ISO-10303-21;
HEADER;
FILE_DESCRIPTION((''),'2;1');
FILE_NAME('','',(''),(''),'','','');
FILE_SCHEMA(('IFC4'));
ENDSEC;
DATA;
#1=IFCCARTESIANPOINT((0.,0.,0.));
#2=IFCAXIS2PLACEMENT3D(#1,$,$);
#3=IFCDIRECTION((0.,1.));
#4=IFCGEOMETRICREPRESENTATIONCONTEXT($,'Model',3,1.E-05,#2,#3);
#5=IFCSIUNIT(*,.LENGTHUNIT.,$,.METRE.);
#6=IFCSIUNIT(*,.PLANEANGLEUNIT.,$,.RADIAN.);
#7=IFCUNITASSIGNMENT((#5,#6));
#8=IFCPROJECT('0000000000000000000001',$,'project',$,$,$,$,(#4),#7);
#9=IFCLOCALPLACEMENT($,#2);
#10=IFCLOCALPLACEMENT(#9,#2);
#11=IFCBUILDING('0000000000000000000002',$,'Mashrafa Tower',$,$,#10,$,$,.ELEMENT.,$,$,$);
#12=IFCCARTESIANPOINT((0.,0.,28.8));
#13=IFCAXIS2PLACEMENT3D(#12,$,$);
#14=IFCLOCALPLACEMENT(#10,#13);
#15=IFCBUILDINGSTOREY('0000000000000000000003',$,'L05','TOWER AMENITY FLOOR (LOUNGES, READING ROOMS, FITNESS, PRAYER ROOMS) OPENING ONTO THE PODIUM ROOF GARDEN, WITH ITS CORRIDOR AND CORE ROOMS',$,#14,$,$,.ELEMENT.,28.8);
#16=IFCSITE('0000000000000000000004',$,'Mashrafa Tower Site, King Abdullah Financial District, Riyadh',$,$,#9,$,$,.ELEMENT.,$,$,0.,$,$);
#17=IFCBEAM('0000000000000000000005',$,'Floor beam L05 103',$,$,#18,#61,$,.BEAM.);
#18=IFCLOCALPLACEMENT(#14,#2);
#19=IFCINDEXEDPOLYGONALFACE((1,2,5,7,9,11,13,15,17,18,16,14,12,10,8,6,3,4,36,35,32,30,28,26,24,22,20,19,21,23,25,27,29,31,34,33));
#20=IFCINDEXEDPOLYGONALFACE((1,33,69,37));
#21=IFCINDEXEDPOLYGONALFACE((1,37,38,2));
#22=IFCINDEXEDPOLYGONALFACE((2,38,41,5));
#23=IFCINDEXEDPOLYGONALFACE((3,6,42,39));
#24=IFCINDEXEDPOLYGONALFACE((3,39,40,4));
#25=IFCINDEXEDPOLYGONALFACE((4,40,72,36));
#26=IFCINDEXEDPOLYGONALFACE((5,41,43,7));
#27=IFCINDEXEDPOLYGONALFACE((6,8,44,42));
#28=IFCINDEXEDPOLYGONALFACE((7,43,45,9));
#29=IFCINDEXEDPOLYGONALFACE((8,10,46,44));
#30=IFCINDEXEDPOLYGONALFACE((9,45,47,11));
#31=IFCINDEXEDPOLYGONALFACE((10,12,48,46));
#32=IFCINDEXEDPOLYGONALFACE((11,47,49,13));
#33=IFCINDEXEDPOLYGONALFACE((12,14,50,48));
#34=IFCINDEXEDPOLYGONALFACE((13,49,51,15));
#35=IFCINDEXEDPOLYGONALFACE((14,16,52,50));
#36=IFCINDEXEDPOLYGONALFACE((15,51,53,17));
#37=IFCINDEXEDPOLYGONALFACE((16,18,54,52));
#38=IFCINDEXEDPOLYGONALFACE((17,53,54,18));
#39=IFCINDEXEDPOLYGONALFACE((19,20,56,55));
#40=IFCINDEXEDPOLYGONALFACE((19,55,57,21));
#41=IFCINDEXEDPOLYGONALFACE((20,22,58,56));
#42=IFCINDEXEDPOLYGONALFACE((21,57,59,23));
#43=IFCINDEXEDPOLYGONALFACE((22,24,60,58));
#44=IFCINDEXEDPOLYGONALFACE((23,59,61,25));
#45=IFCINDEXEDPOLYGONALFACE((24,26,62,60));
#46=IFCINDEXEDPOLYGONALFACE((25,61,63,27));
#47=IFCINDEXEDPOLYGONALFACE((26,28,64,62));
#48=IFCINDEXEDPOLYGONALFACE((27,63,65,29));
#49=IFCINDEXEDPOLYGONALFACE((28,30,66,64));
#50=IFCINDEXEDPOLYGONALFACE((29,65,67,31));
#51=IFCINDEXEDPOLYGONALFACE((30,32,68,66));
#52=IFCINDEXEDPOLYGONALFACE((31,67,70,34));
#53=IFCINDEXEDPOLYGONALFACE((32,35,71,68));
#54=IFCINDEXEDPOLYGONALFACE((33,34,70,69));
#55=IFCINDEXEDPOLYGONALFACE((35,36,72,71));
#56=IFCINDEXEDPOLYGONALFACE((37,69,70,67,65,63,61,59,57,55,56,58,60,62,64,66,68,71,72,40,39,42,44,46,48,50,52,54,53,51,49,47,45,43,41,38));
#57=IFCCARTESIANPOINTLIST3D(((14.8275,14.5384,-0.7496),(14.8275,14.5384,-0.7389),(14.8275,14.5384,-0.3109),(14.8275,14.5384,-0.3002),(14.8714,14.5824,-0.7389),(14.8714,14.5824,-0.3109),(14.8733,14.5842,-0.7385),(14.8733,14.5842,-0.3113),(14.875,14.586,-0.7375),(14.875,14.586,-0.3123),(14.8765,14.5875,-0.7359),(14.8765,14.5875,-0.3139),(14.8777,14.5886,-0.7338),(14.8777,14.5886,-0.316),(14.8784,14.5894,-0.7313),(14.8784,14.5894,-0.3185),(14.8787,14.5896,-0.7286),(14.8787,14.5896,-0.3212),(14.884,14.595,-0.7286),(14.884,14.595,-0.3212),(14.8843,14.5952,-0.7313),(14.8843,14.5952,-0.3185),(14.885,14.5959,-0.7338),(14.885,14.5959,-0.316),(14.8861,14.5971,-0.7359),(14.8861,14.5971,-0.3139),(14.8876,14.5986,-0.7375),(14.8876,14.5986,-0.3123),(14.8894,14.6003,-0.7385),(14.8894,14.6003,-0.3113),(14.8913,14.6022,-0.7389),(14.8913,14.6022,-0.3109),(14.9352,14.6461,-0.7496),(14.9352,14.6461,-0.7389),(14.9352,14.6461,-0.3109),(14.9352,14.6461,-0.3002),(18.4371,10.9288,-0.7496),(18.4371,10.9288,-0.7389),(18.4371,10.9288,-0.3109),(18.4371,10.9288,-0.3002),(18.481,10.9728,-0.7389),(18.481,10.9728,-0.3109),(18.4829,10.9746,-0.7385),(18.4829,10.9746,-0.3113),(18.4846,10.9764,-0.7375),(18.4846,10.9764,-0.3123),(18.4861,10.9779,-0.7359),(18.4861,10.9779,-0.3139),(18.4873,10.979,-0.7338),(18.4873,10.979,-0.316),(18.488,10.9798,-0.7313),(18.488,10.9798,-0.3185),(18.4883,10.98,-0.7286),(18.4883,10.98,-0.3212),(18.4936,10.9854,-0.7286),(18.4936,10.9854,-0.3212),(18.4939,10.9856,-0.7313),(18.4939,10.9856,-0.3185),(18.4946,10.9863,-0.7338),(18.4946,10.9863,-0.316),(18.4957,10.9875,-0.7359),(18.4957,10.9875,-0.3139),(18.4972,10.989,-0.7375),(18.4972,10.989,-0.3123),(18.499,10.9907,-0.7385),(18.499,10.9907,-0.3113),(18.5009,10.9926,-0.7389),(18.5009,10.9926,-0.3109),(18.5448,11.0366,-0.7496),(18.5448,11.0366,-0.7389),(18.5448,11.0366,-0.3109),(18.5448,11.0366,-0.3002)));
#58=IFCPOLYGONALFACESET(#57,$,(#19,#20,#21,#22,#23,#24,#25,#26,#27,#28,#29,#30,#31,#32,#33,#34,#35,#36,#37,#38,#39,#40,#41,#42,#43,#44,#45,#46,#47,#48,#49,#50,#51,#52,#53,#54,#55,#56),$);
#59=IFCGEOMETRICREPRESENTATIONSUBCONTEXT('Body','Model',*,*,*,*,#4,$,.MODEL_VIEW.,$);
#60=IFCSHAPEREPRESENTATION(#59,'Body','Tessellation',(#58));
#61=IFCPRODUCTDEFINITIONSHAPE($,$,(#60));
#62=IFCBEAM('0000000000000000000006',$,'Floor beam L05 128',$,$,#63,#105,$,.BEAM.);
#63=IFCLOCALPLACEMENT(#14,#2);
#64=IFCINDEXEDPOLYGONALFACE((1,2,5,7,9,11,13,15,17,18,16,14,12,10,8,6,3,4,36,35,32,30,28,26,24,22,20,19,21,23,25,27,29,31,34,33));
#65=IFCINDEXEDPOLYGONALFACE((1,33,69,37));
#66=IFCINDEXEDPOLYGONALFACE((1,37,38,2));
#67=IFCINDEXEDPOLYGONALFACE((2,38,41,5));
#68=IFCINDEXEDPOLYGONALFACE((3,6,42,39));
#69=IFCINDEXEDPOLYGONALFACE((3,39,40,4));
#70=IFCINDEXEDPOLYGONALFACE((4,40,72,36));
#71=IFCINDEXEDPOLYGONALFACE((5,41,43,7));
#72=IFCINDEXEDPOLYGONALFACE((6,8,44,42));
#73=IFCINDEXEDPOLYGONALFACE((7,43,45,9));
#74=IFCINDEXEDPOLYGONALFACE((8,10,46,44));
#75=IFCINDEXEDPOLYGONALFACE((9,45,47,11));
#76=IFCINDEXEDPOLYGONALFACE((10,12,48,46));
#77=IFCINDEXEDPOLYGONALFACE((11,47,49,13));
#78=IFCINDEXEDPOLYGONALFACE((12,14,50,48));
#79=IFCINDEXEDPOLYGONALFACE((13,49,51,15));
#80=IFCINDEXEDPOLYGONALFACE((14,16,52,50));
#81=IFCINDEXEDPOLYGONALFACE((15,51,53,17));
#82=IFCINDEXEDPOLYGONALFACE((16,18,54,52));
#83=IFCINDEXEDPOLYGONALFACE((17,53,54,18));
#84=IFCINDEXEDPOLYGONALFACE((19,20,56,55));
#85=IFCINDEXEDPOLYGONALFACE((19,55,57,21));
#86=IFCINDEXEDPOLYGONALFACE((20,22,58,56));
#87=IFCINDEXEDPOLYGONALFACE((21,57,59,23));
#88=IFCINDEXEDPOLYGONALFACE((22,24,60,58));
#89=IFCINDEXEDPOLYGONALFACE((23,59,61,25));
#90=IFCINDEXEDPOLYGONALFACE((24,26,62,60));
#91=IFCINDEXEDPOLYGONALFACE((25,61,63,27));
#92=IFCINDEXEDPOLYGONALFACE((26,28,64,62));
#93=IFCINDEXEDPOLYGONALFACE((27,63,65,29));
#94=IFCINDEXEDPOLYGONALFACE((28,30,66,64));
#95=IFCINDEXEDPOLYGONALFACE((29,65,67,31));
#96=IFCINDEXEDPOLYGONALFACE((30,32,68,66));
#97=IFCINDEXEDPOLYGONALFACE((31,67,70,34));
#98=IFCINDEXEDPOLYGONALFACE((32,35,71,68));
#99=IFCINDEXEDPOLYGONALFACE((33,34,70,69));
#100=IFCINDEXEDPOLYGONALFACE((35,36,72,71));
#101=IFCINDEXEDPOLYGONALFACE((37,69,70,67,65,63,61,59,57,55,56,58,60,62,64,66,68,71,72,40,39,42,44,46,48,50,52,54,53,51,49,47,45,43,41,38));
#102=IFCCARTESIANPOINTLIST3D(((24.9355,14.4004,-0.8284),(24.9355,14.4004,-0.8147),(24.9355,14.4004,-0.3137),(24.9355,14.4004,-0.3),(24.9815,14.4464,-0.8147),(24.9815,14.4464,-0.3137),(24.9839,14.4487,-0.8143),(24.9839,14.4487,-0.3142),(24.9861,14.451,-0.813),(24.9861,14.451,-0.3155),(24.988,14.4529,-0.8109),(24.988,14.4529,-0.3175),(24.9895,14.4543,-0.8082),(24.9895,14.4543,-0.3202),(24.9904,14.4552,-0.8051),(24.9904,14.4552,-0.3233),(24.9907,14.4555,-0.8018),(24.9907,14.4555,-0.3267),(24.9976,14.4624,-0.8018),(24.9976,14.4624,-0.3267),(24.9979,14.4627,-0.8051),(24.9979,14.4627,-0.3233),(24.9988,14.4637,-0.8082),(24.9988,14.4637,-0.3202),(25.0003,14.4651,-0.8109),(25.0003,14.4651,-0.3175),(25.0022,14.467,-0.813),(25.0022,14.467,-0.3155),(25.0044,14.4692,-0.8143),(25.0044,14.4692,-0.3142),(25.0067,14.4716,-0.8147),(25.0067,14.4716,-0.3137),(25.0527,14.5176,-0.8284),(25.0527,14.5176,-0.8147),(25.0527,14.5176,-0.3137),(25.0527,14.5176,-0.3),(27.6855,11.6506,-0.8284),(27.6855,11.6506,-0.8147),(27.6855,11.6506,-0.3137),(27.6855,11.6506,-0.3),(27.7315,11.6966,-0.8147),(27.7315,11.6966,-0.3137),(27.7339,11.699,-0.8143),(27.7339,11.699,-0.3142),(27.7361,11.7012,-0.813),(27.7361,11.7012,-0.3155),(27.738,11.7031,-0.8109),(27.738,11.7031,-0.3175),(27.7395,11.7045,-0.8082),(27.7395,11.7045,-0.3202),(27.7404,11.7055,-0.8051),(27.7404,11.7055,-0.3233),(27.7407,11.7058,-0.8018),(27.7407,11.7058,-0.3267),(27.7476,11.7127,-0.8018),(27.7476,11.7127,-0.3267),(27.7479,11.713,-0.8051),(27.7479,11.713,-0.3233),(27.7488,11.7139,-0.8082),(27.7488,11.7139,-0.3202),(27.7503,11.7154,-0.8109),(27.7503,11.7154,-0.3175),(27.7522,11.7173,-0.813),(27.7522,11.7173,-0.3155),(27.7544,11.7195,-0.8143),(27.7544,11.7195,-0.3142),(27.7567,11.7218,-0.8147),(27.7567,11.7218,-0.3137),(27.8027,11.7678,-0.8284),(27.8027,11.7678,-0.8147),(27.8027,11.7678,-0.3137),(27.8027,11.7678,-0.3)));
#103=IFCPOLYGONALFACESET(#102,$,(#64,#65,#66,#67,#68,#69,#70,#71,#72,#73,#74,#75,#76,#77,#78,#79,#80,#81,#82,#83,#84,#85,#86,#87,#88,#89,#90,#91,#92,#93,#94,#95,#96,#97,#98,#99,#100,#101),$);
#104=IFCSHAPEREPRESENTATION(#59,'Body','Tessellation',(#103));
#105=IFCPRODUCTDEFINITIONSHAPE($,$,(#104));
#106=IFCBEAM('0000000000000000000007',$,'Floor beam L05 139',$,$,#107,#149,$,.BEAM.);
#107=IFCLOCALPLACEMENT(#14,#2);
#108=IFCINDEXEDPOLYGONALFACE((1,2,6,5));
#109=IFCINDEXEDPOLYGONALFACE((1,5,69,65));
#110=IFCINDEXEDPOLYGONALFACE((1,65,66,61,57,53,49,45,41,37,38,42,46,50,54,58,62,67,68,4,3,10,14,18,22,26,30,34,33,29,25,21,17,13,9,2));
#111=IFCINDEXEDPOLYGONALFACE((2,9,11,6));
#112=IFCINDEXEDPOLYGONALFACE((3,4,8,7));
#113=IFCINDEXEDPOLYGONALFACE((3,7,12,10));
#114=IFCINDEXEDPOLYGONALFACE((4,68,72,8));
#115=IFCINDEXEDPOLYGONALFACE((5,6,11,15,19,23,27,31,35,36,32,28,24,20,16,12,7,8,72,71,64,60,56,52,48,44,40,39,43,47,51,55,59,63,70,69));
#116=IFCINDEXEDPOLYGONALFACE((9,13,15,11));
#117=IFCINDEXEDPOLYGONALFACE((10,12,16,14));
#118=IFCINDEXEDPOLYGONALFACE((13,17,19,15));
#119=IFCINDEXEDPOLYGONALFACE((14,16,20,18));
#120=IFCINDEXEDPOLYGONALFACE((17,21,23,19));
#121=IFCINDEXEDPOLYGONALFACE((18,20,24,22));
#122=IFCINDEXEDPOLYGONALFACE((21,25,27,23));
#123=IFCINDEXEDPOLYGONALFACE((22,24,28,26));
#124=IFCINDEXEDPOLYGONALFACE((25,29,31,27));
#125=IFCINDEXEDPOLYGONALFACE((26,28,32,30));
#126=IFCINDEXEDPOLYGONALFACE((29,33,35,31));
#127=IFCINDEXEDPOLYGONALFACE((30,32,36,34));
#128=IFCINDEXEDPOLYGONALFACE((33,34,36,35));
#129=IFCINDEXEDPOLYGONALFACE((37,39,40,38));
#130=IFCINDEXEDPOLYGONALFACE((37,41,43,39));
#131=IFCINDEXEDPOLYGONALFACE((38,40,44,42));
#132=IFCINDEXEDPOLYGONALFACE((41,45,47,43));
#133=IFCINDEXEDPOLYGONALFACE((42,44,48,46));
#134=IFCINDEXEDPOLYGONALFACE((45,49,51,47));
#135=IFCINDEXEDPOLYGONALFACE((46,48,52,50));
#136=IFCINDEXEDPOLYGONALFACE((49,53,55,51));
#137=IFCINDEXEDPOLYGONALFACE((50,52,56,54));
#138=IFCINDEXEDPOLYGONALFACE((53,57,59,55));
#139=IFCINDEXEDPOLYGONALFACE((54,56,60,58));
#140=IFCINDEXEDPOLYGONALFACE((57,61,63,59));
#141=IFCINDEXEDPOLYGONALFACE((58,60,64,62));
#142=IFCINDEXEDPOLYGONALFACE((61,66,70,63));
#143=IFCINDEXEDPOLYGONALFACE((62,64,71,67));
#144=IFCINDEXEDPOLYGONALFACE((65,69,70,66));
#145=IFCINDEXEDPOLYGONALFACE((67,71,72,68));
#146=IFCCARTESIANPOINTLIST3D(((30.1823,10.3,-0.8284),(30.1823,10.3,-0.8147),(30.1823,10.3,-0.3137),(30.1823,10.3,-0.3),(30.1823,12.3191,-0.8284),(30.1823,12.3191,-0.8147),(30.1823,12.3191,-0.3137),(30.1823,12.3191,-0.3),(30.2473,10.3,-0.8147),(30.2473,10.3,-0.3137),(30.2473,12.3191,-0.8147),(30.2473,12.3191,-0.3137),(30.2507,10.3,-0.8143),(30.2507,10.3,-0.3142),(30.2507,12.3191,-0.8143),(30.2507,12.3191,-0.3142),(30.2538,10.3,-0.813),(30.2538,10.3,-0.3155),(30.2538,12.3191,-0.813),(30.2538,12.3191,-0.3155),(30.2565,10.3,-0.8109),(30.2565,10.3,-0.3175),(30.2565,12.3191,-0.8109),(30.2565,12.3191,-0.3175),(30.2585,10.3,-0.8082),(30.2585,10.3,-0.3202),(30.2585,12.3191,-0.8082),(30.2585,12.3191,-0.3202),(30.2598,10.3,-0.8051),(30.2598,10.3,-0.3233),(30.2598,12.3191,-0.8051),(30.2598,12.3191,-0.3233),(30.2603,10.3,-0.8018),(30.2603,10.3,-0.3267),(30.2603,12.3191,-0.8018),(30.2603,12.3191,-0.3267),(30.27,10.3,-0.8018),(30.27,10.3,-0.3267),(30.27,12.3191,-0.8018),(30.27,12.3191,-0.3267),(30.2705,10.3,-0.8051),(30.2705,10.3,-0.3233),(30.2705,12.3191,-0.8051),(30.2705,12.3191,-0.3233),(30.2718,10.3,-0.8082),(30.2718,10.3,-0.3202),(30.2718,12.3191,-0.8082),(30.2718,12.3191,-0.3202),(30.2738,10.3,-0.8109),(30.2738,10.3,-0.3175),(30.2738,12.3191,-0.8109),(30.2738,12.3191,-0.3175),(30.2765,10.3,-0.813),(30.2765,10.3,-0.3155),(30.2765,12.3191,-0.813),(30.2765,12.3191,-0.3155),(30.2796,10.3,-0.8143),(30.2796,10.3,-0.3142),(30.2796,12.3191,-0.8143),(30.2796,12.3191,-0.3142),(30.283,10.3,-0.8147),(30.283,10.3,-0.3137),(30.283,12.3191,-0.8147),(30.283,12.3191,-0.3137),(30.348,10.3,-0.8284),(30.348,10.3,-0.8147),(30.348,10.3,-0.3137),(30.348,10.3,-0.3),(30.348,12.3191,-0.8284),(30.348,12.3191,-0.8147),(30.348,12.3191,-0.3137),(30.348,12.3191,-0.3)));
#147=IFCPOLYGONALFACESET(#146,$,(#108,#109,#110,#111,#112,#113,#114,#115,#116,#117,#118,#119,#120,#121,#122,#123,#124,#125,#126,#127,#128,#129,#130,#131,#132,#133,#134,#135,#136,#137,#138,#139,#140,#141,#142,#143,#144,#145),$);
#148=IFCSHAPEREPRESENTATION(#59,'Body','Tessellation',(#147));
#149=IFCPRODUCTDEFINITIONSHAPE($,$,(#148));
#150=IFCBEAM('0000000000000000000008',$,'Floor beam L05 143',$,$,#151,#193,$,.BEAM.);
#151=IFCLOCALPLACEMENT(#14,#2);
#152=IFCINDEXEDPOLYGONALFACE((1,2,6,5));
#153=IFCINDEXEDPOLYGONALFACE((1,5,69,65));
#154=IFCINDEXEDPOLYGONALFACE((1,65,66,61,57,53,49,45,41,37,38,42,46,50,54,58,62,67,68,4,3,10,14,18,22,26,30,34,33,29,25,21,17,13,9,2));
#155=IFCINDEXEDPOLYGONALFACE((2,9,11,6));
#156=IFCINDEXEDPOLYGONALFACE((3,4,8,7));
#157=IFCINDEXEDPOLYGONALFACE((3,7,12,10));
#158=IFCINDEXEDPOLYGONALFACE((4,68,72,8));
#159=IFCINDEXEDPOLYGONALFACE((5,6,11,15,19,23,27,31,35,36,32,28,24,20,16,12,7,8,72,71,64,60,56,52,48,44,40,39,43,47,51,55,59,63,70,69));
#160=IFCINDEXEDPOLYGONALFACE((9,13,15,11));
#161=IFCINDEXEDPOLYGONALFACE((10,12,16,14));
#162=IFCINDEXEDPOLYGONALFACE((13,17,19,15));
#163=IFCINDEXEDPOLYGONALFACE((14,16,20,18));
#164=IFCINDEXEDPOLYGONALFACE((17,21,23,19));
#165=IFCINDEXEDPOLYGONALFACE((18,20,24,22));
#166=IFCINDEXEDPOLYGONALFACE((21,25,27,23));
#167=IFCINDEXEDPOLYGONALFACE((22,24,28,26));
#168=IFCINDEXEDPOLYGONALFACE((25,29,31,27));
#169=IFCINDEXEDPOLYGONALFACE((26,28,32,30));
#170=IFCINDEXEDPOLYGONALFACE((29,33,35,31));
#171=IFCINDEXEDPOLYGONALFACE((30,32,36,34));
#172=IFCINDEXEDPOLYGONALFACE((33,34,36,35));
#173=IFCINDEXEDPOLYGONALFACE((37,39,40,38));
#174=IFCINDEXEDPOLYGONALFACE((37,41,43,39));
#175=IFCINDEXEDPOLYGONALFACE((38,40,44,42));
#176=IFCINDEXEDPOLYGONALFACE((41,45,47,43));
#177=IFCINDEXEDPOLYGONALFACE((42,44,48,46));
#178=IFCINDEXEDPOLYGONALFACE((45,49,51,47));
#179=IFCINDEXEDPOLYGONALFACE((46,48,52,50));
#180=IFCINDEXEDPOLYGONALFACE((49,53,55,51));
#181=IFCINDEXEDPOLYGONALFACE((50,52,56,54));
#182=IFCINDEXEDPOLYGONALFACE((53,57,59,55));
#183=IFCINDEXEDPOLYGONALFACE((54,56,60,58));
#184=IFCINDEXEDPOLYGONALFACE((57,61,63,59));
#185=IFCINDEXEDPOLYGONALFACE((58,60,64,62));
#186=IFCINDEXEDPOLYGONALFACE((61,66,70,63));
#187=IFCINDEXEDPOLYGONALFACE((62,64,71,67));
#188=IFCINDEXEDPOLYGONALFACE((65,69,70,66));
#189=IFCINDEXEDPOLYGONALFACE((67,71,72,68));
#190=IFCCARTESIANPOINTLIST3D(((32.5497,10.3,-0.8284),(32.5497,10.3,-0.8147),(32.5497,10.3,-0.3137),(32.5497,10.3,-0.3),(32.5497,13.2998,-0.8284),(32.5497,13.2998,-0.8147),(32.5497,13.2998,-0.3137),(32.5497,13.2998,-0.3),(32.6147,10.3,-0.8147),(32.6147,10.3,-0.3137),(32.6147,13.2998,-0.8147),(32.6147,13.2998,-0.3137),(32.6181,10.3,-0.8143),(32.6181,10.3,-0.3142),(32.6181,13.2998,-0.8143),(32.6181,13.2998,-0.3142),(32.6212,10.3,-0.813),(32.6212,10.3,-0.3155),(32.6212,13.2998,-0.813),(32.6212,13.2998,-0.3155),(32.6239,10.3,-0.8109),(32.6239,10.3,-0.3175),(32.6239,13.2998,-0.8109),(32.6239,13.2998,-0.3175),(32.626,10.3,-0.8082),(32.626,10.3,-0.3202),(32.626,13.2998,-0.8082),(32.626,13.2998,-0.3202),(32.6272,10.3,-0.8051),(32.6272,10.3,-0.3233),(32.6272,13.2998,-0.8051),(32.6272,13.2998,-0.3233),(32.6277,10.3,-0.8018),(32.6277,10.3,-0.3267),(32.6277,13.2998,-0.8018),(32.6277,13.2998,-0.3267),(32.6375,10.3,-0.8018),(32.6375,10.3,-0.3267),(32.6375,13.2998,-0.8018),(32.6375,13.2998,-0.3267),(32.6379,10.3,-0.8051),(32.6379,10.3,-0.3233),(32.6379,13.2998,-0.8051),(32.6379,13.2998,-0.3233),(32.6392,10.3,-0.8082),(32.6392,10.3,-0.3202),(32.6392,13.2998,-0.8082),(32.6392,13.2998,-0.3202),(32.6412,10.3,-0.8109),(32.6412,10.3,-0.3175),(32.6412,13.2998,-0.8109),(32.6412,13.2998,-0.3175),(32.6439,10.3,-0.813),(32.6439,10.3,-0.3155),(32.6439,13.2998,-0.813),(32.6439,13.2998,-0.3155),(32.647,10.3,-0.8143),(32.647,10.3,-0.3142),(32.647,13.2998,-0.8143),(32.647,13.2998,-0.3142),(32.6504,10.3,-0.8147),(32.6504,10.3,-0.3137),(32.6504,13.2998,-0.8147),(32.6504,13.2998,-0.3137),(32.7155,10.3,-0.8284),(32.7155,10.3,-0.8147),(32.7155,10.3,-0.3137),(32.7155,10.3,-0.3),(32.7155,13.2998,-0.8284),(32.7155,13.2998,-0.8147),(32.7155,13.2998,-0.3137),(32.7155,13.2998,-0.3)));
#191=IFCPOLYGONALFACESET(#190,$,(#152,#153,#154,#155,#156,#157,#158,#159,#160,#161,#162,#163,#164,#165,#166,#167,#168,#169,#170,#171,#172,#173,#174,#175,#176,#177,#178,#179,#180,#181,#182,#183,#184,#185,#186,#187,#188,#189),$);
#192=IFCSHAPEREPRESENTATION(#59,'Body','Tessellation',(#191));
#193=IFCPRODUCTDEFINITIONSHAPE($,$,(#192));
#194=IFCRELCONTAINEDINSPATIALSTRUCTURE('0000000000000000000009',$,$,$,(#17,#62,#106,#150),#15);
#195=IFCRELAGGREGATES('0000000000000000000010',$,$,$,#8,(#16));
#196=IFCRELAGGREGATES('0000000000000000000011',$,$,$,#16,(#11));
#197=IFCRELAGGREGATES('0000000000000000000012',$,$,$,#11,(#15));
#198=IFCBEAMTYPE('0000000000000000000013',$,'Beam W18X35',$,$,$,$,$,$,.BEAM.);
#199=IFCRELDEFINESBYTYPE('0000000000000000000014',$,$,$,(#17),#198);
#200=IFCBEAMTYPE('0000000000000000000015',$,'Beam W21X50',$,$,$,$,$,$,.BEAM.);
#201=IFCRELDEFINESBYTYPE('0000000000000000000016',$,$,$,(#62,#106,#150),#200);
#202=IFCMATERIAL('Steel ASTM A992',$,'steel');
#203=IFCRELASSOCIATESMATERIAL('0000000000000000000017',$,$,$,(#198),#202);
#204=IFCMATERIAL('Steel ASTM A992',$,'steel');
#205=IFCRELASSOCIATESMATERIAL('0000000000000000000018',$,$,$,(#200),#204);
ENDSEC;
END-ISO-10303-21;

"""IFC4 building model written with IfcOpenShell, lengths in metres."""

from ifc_helpers import new_model, si_unit, direction, frame, origin, origin_2d, place, context, subcontext, project, spatial, i_section, extrude, material, material_profile, profile_set, type_object, element, save


model = new_model("IFC4")

# Units and contexts
model_context = context("Model", 3, precision=1e-05, world=origin(), true_north=direction((0.0, 1.0)))
body_context = subcontext(model_context, "Body", "Model", "MODEL_VIEW")
ifc_project = project(units=[si_unit("LENGTHUNIT", "METRE"), si_unit("PLANEANGLEUNIT", "RADIAN")], contexts=[model_context])

# Site, building, storey
site_placement = place(None, origin())
site = spatial("IfcSite", under=ifc_project, at=site_placement, Name="Mashrafa Tower Site, King Abdullah Financial District, Riyadh", CompositionType="ELEMENT", RefElevation=0.0)
building_placement = place(site_placement, origin())
building = spatial("IfcBuilding", under=site, at=building_placement, Name="Mashrafa Tower", CompositionType="ELEMENT")
storey_placement = place(building_placement, frame((0.0, 0.0, 28.8)))
storey = spatial("IfcBuildingStorey", under=building, at=storey_placement, Name="L05", Description="TOWER AMENITY FLOOR (LOUNGES, READING ROOMS, FITNESS, PRAYER ROOMS) OPENING ONTO THE PODIUM ROOF GARDEN, WITH ITS CORRIDOR AND CORE ROOMS", CompositionType="ELEMENT", Elevation=28.8)

# Beams
ifc_material_1 = material(Name="Steel ASTM A992", Category="steel")
ifc_material_profile_1 = material_profile(ifc_material_1, i_section(OverallWidth=0.1523, OverallDepth=0.4495, WebThickness=0.0076, FlangeThickness=0.0107, FilletRadius=0.0103, at=origin_2d()), Name="W18X35")
ifc_profile_set_1 = profile_set([ifc_material_profile_1], Name="Steel ASTM A992")
beam_type_1 = type_object("IfcBeamType", Name="Beam W18X35", PredefinedType="BEAM", material=ifc_profile_set_1)
beam_1_placement = place(storey_placement, frame((14.8813, 14.5923, -0.5249), z_axis=(0.707107, -0.707107, 0.0), x_axis=(0.707107, 0.707107, 0.0)))
element("IfcBeam", 1, at=beam_1_placement, inside=storey, type_object=beam_type_1, Name="Floor beam L05 103", PredefinedType="BEAM", context=body_context, shape_type="SweptSolid", body=[
    extrude(i_section(OverallWidth=0.1523, OverallDepth=0.4495, WebThickness=0.0076, FlangeThickness=0.0107, FilletRadius=0.0103, at=origin_2d()), origin(), (0.0, 0.0, 1.0), 5.1047),
])
ifc_material_2 = material(Name="Steel ASTM A992", Category="steel")
ifc_material_profile_2 = material_profile(ifc_material_2, i_section(OverallWidth=0.1658, OverallDepth=0.5283, WebThickness=0.0098, FlangeThickness=0.0137, FilletRadius=0.0129, at=origin_2d()), Name="W21X50")
ifc_profile_set_2 = profile_set([ifc_material_profile_2], Name="Steel ASTM A992")
beam_type_2 = type_object("IfcBeamType", Name="Beam W21X50", PredefinedType="BEAM", material=ifc_profile_set_2)
beam_2_placement = place(storey_placement, frame((24.9941, 14.459, -0.5642), z_axis=(0.707138, -0.707075, 0.0), x_axis=(0.707075, 0.707138, 0.0)))
element("IfcBeam", 2, at=beam_2_placement, inside=storey, type_object=beam_type_2, Name="Floor beam L05 128", PredefinedType="BEAM", context=body_context, shape_type="SweptSolid", body=[
    extrude(i_section(OverallWidth=0.1658, OverallDepth=0.5283, WebThickness=0.0098, FlangeThickness=0.0137, FilletRadius=0.0129, at=origin_2d()), origin(), (0.0, 0.0, 1.0), 3.8889),
])
beam_3_placement = place(storey_placement, frame((30.2651, 12.3191, -0.5642), z_axis=(0.0, -1.0, 0.0), x_axis=(1.0, 0.0, 0.0)))
element("IfcBeam", 3, at=beam_3_placement, inside=storey, type_object=beam_type_2, Name="Floor beam L05 139", PredefinedType="BEAM", context=body_context, shape_type="SweptSolid", body=[
    extrude(i_section(OverallWidth=0.1658, OverallDepth=0.5283, WebThickness=0.0098, FlangeThickness=0.0137, FilletRadius=0.0129, at=origin_2d()), origin(), (0.0, 0.0, 1.0), 2.019),
])
beam_4_placement = place(storey_placement, frame((32.6326, 13.2998, -0.5642), z_axis=(0.0, -1.0, 0.0), x_axis=(1.0, 0.0, 0.0)))
element("IfcBeam", 4, at=beam_4_placement, inside=storey, type_object=beam_type_2, Name="Floor beam L05 143", PredefinedType="BEAM", context=body_context, shape_type="SweptSolid", body=[
    extrude(i_section(OverallWidth=0.1658, OverallDepth=0.5283, WebThickness=0.0098, FlangeThickness=0.0137, FilletRadius=0.0129, at=origin_2d()), origin(), (0.0, 0.0, 1.0), 2.9998),
])

save(model, "model.ifc")
